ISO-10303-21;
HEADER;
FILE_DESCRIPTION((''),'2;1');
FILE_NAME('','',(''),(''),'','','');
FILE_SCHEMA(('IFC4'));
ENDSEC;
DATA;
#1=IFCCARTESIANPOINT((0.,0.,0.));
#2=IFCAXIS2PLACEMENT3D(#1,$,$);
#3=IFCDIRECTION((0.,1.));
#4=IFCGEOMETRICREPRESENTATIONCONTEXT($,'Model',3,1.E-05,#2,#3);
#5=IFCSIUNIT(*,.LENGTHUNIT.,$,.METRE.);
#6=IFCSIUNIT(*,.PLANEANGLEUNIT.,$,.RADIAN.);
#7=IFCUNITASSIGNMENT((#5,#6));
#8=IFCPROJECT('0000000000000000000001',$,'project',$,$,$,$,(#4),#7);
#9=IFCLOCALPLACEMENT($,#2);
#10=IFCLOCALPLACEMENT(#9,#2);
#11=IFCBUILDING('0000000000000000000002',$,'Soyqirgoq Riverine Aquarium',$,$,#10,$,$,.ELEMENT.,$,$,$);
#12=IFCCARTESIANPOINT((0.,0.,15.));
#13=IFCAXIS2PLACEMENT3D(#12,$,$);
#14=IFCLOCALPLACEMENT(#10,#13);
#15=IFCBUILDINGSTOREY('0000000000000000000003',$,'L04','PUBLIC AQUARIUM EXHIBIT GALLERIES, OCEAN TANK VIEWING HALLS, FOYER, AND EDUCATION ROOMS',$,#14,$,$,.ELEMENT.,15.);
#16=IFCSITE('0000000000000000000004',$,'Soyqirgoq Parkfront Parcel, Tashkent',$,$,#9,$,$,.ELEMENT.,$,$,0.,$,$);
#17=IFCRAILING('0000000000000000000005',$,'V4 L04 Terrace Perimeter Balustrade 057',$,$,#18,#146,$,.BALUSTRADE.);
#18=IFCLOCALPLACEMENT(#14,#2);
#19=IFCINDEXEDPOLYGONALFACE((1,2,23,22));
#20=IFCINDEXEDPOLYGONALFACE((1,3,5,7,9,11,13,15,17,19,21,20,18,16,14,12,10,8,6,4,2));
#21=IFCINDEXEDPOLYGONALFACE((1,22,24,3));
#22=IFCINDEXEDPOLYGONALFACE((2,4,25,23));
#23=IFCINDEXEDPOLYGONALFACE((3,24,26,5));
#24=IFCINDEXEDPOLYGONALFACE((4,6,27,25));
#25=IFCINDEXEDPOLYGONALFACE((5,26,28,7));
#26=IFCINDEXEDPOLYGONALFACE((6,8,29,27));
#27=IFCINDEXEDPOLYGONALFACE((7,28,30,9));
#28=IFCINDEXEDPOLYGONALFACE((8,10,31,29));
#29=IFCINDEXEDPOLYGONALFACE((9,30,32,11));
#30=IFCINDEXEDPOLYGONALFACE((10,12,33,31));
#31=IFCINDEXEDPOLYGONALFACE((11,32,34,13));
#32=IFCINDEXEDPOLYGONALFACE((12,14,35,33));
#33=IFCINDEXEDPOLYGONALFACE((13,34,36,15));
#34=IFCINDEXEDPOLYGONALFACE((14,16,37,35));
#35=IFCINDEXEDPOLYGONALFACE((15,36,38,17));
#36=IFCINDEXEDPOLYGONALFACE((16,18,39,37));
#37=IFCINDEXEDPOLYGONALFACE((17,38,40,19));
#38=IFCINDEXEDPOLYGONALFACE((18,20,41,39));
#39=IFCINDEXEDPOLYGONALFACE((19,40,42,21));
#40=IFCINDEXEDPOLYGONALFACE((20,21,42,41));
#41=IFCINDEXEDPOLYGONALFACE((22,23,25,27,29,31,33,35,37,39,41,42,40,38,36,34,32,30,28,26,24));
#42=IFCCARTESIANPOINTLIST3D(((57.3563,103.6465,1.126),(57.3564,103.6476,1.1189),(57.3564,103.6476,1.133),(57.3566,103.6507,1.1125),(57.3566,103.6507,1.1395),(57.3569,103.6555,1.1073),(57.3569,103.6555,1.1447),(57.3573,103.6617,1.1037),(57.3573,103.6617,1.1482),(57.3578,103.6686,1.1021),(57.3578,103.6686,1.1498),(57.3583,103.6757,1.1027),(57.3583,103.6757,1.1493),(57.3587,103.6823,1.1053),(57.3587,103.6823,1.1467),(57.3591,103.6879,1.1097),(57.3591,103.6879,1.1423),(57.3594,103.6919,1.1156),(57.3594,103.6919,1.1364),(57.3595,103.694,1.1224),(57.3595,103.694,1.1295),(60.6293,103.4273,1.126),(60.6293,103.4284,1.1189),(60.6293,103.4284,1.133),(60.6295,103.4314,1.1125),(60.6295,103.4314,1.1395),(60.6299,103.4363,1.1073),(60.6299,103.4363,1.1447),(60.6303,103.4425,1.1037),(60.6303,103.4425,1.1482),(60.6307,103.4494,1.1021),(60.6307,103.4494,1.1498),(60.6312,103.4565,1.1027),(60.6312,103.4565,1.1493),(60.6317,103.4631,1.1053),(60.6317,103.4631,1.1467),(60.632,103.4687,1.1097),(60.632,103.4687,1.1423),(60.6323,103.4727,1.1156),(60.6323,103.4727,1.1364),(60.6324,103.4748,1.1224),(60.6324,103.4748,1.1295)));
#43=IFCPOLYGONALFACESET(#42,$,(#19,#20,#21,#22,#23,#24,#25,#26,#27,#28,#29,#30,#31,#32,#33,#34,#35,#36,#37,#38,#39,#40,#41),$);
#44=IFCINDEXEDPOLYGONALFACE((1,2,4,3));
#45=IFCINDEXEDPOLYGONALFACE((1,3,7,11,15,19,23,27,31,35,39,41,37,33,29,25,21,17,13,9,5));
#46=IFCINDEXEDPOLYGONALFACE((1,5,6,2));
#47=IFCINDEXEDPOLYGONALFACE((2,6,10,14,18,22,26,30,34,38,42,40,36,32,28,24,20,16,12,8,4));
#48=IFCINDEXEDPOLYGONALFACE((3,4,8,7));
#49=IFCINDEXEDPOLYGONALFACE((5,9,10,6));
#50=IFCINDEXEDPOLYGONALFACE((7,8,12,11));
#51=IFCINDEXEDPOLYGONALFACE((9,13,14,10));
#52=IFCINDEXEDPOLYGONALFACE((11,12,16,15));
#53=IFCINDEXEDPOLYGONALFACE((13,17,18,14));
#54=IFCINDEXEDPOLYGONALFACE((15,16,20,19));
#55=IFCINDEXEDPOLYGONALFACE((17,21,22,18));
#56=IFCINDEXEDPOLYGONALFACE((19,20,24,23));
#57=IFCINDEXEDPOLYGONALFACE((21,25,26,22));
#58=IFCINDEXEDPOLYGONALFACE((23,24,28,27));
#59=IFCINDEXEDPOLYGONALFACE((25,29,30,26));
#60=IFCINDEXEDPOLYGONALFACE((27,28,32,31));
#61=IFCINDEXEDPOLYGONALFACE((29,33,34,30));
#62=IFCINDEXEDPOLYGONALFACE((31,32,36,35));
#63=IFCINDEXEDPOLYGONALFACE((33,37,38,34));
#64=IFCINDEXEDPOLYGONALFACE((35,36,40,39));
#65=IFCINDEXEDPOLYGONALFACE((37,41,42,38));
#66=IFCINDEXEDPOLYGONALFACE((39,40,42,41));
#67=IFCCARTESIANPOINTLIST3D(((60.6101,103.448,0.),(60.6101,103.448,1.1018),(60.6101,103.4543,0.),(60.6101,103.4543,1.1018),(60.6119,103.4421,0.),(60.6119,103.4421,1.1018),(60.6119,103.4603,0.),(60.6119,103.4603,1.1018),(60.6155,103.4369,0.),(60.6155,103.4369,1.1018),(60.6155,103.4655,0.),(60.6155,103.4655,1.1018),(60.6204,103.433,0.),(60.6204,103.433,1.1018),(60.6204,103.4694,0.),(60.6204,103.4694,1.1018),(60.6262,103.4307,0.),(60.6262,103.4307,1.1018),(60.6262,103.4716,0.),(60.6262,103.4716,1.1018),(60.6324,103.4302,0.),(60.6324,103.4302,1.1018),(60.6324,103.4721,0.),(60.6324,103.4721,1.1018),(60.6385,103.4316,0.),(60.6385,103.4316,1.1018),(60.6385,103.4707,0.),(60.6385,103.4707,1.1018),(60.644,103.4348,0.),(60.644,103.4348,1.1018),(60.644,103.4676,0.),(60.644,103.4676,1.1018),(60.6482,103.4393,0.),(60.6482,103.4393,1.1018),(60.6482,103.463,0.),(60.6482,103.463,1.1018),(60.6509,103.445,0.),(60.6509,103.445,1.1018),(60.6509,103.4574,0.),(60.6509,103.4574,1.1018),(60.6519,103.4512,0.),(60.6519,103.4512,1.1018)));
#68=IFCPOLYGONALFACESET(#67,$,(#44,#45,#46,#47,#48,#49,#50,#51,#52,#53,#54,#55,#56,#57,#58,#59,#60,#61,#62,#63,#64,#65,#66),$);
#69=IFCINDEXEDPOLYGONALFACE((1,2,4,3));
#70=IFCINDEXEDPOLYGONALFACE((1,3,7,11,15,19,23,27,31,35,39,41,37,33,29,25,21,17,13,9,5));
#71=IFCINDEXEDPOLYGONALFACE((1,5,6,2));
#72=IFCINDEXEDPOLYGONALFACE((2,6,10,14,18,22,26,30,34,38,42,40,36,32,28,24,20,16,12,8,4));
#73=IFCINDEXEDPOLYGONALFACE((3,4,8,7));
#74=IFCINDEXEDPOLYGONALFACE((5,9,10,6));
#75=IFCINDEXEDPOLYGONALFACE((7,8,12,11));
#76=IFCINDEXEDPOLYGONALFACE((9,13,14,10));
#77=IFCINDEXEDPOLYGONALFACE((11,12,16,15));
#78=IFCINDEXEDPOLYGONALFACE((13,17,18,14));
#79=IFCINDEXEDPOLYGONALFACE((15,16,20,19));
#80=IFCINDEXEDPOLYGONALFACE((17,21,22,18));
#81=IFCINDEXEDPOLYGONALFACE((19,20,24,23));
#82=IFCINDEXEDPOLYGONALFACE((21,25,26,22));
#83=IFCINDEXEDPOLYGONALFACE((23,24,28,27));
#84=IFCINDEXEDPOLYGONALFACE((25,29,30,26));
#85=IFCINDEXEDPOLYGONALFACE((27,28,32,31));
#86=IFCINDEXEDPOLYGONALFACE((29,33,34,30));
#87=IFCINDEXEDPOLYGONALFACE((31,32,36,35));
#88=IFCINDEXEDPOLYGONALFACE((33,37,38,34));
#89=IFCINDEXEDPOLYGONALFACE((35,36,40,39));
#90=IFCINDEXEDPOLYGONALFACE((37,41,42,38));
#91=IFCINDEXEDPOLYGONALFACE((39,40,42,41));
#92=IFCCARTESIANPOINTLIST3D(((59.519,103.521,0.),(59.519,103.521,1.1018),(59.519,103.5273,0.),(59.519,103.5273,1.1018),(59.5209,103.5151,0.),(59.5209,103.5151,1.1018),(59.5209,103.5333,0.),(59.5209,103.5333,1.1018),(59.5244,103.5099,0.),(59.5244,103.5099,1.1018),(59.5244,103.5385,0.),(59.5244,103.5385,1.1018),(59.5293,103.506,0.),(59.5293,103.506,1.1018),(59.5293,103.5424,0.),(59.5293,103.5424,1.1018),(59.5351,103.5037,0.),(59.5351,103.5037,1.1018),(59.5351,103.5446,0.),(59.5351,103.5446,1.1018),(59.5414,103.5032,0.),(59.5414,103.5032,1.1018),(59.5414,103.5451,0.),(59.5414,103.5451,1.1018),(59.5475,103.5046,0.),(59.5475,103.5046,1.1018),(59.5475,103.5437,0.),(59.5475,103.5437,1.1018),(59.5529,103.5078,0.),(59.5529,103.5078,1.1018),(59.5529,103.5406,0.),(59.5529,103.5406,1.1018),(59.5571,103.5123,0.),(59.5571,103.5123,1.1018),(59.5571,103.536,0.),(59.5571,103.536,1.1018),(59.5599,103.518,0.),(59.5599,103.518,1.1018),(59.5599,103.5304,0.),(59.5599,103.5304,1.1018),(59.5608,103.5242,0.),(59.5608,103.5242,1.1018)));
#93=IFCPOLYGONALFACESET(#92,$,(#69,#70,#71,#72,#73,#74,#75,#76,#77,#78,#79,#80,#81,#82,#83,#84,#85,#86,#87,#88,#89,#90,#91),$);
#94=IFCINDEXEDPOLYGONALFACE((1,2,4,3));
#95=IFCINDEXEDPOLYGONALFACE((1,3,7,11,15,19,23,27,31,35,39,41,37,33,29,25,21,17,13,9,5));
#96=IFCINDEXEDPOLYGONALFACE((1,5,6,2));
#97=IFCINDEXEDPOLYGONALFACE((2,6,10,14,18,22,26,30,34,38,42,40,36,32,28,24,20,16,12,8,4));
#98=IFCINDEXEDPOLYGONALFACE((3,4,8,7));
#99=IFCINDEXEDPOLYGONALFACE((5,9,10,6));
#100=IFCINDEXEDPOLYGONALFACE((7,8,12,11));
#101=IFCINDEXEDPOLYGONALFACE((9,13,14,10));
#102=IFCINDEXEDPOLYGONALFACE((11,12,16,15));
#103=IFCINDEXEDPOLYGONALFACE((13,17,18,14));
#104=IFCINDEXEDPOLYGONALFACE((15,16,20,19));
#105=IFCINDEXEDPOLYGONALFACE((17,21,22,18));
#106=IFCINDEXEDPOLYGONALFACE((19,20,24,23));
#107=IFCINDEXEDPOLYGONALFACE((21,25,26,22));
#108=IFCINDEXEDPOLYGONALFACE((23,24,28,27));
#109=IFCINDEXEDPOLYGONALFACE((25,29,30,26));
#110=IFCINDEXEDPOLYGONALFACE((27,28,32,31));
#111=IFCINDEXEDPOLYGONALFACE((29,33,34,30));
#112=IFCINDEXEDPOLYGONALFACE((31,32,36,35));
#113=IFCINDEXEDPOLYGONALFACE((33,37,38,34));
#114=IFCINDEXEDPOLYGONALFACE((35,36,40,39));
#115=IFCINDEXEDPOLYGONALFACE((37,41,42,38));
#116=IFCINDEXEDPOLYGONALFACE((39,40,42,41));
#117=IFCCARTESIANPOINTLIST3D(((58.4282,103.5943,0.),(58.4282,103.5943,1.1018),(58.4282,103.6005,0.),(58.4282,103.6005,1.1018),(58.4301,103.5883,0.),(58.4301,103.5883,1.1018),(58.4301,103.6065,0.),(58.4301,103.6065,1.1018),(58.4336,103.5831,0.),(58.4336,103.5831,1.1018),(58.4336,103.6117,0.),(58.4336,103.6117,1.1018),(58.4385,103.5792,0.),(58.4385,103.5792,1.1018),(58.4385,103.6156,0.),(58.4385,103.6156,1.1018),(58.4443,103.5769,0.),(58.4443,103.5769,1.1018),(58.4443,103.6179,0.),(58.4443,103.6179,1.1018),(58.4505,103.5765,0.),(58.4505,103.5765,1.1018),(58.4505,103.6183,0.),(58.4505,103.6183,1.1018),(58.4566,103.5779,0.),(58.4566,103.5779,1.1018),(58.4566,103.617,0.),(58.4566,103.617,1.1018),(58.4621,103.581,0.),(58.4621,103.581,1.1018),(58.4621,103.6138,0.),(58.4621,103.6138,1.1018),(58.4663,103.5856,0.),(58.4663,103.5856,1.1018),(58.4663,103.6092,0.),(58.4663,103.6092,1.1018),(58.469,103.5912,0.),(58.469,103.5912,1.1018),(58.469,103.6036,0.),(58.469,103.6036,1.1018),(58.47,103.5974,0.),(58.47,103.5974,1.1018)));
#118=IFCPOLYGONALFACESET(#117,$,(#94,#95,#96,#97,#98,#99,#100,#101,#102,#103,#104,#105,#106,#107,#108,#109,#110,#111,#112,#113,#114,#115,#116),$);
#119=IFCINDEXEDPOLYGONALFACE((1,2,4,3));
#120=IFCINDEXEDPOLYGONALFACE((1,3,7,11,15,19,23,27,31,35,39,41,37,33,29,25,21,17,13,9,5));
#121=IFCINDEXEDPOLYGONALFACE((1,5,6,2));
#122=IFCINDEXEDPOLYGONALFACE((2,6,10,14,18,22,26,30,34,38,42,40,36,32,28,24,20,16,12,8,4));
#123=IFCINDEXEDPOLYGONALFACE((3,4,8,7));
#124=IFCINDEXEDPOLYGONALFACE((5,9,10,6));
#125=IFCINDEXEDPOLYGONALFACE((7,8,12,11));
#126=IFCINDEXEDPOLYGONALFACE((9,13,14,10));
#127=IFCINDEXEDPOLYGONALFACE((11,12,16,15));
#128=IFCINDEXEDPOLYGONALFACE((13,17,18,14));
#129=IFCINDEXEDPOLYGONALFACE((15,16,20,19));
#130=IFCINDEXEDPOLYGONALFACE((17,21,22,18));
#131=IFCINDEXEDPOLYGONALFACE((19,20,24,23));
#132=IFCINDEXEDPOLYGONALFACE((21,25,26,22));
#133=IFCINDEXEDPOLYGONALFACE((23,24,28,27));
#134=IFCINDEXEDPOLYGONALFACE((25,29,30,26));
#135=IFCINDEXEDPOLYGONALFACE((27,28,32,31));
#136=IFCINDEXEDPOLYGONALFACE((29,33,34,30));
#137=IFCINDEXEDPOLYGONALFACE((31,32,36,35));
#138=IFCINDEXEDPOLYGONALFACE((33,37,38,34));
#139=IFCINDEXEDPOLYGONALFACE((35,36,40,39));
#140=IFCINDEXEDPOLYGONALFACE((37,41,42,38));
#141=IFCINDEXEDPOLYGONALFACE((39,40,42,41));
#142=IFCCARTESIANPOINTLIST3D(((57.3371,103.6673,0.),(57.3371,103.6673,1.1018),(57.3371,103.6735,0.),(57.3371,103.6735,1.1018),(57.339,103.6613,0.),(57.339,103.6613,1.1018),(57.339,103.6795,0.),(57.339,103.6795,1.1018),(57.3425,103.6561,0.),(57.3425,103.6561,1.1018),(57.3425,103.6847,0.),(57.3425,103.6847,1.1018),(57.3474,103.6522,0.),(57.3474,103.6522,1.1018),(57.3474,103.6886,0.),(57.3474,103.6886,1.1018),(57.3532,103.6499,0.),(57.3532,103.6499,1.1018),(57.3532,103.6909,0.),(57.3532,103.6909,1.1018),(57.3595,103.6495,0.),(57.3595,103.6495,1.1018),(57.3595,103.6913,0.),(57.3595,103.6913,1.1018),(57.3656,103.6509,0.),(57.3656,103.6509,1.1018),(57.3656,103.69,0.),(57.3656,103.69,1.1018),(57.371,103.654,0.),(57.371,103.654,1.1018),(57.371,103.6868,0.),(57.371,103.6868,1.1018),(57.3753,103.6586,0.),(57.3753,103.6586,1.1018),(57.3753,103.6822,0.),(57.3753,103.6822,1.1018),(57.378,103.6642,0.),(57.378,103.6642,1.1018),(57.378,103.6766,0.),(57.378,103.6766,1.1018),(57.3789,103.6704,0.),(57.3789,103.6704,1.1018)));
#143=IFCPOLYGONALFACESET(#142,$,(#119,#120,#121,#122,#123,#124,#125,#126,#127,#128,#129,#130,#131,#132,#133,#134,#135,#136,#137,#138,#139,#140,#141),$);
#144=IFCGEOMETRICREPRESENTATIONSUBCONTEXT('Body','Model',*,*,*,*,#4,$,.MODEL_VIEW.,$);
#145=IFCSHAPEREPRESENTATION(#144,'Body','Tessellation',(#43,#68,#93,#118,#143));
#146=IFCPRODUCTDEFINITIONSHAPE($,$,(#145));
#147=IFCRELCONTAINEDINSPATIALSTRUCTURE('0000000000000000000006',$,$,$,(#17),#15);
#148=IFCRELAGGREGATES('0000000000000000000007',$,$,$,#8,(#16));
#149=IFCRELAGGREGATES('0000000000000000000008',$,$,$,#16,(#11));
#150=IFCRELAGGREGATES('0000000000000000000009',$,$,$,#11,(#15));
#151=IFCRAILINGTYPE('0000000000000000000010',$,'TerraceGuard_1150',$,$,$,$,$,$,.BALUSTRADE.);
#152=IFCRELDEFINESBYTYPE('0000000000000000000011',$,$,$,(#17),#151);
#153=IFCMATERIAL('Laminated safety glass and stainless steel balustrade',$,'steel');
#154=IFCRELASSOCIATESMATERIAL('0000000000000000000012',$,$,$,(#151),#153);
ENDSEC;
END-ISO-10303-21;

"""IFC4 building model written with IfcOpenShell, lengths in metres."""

from ifc_helpers import new_model, si_unit, direction, frame, origin, origin_2d, place, context, subcontext, project, spatial, circle, extrude, material, type_object, element, save


model = new_model("IFC4")

# Units and contexts
model_context = context("Model", 3, precision=1e-05, world=origin(), true_north=direction((0.0, 1.0)))
body_context = subcontext(model_context, "Body", "Model", "MODEL_VIEW")
ifc_project = project(units=[si_unit("LENGTHUNIT", "METRE"), si_unit("PLANEANGLEUNIT", "RADIAN")], contexts=[model_context])

# Site, building, storey
site_placement = place(None, origin())
site = spatial("IfcSite", under=ifc_project, at=site_placement, Name="Soyqirgoq Parkfront Parcel, Tashkent", CompositionType="ELEMENT", RefElevation=0.0)
building_placement = place(site_placement, origin())
building = spatial("IfcBuilding", under=site, at=building_placement, Name="Soyqirgoq Riverine Aquarium", CompositionType="ELEMENT")
storey_placement = place(building_placement, frame((0.0, 0.0, 15.0)))
storey = spatial("IfcBuildingStorey", under=building, at=storey_placement, Name="L04", Description="PUBLIC AQUARIUM EXHIBIT GALLERIES, OCEAN TANK VIEWING HALLS, FOYER, AND EDUCATION ROOMS", CompositionType="ELEMENT", Elevation=15.0)

# Railing
ifc_material_1 = material(Name="Laminated safety glass and stainless steel balustrade", Category="steel")
railing_type = type_object("IfcRailingType", Name="TerraceGuard_1150", PredefinedType="BALUSTRADE", material=ifc_material_1)
railing_1_placement = place(storey_placement, frame((60.6309, 103.4512, 0.0)))
element("IfcRailing", 1, at=railing_1_placement, inside=storey, type_object=railing_type, Name="V4 L04 Terrace Perimeter Balustrade 057", PredefinedType="BALUSTRADE", context=body_context, shape_type="SweptSolid", body=[
    extrude(circle(Radius=0.0239, at=origin_2d()), frame((0.0, 0.0, 1.126), z_axis=(-0.997764, 0.066835, 0.0), x_axis=(-0.066835, -0.997764, 0.0)), (0.0, 0.0, 1.0), 3.2803),
    extrude(circle(Radius=0.021, at=origin_2d()), origin(), (0.0, 0.0, 1.0), 1.1018),
    extrude(circle(Radius=0.021, at=origin_2d()), frame((-1.0911, 0.073, 0.0)), (0.0, 0.0, 1.0), 1.1018),
    extrude(circle(Radius=0.021, at=origin_2d()), frame((-2.1819, 0.1462, 0.0)), (0.0, 0.0, 1.0), 1.1018),
    extrude(circle(Radius=0.021, at=origin_2d()), frame((-3.2729, 0.2192, 0.0)), (0.0, 0.0, 1.0), 1.1018),
])

save(model, "model.ifc")
